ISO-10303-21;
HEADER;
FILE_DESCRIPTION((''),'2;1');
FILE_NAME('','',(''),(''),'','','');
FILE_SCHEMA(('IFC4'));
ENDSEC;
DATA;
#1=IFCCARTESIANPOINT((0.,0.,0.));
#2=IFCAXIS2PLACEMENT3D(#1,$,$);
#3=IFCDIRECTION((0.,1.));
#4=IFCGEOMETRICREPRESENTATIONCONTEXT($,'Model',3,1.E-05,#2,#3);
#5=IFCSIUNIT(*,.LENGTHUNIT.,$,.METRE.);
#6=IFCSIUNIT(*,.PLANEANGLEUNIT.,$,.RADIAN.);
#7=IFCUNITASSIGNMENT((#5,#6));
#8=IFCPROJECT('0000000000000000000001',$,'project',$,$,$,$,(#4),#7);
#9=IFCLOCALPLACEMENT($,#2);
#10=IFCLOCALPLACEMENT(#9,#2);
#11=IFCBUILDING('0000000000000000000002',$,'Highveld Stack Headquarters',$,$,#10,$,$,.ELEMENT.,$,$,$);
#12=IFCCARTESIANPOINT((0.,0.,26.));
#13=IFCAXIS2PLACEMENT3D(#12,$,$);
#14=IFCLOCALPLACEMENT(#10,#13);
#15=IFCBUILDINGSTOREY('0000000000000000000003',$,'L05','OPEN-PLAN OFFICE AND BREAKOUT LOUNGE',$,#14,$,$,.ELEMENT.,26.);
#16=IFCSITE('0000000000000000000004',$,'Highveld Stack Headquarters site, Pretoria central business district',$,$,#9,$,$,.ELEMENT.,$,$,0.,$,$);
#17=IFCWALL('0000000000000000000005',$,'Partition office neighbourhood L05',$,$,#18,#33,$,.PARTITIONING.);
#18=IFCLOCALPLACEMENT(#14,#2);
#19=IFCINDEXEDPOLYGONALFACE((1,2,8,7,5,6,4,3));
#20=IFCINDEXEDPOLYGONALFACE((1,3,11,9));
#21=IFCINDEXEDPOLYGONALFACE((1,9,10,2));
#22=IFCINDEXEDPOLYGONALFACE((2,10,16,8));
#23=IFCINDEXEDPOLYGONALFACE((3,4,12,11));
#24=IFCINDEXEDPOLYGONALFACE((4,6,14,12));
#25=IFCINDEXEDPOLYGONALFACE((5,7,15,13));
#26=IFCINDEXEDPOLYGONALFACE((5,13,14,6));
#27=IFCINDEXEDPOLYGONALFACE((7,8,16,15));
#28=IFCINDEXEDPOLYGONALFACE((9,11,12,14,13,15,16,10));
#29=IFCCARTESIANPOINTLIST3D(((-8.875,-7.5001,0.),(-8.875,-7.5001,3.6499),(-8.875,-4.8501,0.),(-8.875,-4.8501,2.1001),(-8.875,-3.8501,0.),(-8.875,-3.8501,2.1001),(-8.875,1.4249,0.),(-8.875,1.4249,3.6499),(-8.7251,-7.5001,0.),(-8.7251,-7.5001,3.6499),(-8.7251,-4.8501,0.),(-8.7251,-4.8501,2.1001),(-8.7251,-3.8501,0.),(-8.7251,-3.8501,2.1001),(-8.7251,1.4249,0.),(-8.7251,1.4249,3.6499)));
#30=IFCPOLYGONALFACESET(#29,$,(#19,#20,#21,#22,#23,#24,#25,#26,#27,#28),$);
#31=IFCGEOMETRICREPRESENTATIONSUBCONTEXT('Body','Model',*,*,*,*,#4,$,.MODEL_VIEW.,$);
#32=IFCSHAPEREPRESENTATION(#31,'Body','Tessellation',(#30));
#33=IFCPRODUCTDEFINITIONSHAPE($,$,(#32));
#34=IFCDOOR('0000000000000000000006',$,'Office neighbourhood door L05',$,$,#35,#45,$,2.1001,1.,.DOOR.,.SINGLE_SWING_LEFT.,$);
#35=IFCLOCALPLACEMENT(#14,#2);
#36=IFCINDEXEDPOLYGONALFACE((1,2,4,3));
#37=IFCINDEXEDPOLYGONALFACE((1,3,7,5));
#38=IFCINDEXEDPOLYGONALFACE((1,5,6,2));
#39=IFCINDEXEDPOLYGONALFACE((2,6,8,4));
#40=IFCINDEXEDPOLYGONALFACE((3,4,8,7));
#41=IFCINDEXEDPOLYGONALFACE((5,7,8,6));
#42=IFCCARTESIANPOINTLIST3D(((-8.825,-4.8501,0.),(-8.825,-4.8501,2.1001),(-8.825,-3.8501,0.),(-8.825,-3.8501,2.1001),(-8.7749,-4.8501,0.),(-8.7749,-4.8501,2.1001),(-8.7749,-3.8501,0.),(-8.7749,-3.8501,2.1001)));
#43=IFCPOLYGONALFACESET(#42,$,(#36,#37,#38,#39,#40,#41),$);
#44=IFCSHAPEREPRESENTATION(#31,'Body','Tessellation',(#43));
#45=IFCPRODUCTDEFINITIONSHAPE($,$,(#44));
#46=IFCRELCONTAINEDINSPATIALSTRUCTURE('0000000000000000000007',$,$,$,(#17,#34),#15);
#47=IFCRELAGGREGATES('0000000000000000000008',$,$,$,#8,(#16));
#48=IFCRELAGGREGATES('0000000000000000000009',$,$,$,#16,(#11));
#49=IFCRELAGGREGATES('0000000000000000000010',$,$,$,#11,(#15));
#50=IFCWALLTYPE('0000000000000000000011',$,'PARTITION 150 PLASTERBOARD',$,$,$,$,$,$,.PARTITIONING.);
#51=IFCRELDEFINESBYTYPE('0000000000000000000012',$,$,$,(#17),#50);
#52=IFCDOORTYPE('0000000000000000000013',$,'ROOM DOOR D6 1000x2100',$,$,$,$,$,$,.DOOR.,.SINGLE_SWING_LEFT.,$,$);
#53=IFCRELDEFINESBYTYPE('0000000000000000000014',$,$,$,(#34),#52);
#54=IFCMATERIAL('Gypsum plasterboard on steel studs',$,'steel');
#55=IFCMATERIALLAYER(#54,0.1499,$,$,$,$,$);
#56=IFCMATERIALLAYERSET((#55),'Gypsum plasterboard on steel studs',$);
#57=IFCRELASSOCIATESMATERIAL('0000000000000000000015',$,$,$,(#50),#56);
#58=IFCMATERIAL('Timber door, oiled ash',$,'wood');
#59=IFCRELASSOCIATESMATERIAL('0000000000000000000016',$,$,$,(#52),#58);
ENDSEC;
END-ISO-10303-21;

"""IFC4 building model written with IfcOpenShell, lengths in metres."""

from ifc_helpers import new_model, si_unit, direction, frame, frame_2d, origin, place, context, subcontext, project, spatial, rectangle, extrude, material, layer, layer_set, type_object, element, fill, save


model = new_model("IFC4")

# Units and contexts
model_context = context("Model", 3, precision=1e-05, world=origin(), true_north=direction((0.0, 1.0)))
body_context = subcontext(model_context, "Body", "Model", "MODEL_VIEW")
ifc_project = project(units=[si_unit("LENGTHUNIT", "METRE"), si_unit("PLANEANGLEUNIT", "RADIAN")], contexts=[model_context])

# Site, building, storey
site_placement = place(None, origin())
site = spatial("IfcSite", under=ifc_project, at=site_placement, Name="Highveld Stack Headquarters site, Pretoria central business district", CompositionType="ELEMENT", RefElevation=0.0)
building_placement = place(site_placement, origin())
building = spatial("IfcBuilding", under=site, at=building_placement, Name="Highveld Stack Headquarters", CompositionType="ELEMENT")
storey_placement = place(building_placement, frame((0.0, 0.0, 26.0)))
storey = spatial("IfcBuildingStorey", under=building, at=storey_placement, Name="L05", Description="OPEN-PLAN OFFICE AND BREAKOUT LOUNGE", CompositionType="ELEMENT", Elevation=26.0)

# Shared definitions
ifc_material_1 = material(Name="Gypsum plasterboard on steel studs", Category="steel")
ifc_layer_1 = layer(ifc_material_1, 0.1499)
ifc_layer_set_1 = layer_set([ifc_layer_1], Name="Gypsum plasterboard on steel studs")
wall_type_1 = type_object("IfcWallType", Name="PARTITION 150 PLASTERBOARD", PredefinedType="PARTITIONING", material=ifc_layer_set_1)
ifc_material_2 = material(Name="Timber door, oiled ash", Category="wood")
door_type_1 = type_object("IfcDoorType", Name="ROOM DOOR D6 1000x2100", OperationType="SINGLE_SWING_LEFT", PredefinedType="DOOR", material=ifc_material_2)

# Wall, opening, door
wall_1_placement = place(storey_placement, frame((-8.8, -7.5, 0.0), z_axis=(0.0, 0.0, 1.0), x_axis=(0.0, 1.0, 0.0)))
wall_1 = element("IfcWall", 1, at=wall_1_placement, inside=storey, type_object=wall_type_1, Name="Partition office neighbourhood L05", PredefinedType="PARTITIONING", context=body_context, shape_type="SweptSolid", body=[
    extrude(rectangle(XDim=8.925, YDim=0.1499, at=frame_2d((4.4624, 0.0))), origin(), (0.0, 0.0, 1.0), 3.6499),
])
opening_1_placement = place(wall_1_placement, frame((2.6499, 0.0, 0.0)))
opening_1 = element("IfcOpeningElement", 2, at=opening_1_placement, cuts=wall_1, PredefinedType="OPENING", context=body_context, shape_type="SweptSolid", body=[
    extrude(rectangle(XDim=1.0, YDim=2.1001, at=frame_2d((0.5, 1.05))), frame((0.0, 0.085, 0.0), z_axis=(0.0, -1.0, 0.0), x_axis=(1.0, 0.0, 0.0)), (0.0, 0.0, 1.0), 0.1699),
])
door_1_placement = place(opening_1_placement, origin())
door_1 = element("IfcDoor", 3, at=door_1_placement, inside=storey, type_object=door_type_1, Name="Office neighbourhood door L05", OperationType="SINGLE_SWING_LEFT", OverallHeight=2.1001, OverallWidth=1.0, PredefinedType="DOOR", context=body_context, shape_type="SweptSolid", body=[
    extrude(rectangle(XDim=1.0, YDim=2.1001, at=frame_2d((0.5, 1.05))), frame((0.0, 0.0249, 0.0), z_axis=(0.0, -1.0, 0.0), x_axis=(1.0, 0.0, 0.0)), (0.0, 0.0, 1.0), 0.05),
])
fill(opening_1, door_1)

save(model, "model.ifc")
